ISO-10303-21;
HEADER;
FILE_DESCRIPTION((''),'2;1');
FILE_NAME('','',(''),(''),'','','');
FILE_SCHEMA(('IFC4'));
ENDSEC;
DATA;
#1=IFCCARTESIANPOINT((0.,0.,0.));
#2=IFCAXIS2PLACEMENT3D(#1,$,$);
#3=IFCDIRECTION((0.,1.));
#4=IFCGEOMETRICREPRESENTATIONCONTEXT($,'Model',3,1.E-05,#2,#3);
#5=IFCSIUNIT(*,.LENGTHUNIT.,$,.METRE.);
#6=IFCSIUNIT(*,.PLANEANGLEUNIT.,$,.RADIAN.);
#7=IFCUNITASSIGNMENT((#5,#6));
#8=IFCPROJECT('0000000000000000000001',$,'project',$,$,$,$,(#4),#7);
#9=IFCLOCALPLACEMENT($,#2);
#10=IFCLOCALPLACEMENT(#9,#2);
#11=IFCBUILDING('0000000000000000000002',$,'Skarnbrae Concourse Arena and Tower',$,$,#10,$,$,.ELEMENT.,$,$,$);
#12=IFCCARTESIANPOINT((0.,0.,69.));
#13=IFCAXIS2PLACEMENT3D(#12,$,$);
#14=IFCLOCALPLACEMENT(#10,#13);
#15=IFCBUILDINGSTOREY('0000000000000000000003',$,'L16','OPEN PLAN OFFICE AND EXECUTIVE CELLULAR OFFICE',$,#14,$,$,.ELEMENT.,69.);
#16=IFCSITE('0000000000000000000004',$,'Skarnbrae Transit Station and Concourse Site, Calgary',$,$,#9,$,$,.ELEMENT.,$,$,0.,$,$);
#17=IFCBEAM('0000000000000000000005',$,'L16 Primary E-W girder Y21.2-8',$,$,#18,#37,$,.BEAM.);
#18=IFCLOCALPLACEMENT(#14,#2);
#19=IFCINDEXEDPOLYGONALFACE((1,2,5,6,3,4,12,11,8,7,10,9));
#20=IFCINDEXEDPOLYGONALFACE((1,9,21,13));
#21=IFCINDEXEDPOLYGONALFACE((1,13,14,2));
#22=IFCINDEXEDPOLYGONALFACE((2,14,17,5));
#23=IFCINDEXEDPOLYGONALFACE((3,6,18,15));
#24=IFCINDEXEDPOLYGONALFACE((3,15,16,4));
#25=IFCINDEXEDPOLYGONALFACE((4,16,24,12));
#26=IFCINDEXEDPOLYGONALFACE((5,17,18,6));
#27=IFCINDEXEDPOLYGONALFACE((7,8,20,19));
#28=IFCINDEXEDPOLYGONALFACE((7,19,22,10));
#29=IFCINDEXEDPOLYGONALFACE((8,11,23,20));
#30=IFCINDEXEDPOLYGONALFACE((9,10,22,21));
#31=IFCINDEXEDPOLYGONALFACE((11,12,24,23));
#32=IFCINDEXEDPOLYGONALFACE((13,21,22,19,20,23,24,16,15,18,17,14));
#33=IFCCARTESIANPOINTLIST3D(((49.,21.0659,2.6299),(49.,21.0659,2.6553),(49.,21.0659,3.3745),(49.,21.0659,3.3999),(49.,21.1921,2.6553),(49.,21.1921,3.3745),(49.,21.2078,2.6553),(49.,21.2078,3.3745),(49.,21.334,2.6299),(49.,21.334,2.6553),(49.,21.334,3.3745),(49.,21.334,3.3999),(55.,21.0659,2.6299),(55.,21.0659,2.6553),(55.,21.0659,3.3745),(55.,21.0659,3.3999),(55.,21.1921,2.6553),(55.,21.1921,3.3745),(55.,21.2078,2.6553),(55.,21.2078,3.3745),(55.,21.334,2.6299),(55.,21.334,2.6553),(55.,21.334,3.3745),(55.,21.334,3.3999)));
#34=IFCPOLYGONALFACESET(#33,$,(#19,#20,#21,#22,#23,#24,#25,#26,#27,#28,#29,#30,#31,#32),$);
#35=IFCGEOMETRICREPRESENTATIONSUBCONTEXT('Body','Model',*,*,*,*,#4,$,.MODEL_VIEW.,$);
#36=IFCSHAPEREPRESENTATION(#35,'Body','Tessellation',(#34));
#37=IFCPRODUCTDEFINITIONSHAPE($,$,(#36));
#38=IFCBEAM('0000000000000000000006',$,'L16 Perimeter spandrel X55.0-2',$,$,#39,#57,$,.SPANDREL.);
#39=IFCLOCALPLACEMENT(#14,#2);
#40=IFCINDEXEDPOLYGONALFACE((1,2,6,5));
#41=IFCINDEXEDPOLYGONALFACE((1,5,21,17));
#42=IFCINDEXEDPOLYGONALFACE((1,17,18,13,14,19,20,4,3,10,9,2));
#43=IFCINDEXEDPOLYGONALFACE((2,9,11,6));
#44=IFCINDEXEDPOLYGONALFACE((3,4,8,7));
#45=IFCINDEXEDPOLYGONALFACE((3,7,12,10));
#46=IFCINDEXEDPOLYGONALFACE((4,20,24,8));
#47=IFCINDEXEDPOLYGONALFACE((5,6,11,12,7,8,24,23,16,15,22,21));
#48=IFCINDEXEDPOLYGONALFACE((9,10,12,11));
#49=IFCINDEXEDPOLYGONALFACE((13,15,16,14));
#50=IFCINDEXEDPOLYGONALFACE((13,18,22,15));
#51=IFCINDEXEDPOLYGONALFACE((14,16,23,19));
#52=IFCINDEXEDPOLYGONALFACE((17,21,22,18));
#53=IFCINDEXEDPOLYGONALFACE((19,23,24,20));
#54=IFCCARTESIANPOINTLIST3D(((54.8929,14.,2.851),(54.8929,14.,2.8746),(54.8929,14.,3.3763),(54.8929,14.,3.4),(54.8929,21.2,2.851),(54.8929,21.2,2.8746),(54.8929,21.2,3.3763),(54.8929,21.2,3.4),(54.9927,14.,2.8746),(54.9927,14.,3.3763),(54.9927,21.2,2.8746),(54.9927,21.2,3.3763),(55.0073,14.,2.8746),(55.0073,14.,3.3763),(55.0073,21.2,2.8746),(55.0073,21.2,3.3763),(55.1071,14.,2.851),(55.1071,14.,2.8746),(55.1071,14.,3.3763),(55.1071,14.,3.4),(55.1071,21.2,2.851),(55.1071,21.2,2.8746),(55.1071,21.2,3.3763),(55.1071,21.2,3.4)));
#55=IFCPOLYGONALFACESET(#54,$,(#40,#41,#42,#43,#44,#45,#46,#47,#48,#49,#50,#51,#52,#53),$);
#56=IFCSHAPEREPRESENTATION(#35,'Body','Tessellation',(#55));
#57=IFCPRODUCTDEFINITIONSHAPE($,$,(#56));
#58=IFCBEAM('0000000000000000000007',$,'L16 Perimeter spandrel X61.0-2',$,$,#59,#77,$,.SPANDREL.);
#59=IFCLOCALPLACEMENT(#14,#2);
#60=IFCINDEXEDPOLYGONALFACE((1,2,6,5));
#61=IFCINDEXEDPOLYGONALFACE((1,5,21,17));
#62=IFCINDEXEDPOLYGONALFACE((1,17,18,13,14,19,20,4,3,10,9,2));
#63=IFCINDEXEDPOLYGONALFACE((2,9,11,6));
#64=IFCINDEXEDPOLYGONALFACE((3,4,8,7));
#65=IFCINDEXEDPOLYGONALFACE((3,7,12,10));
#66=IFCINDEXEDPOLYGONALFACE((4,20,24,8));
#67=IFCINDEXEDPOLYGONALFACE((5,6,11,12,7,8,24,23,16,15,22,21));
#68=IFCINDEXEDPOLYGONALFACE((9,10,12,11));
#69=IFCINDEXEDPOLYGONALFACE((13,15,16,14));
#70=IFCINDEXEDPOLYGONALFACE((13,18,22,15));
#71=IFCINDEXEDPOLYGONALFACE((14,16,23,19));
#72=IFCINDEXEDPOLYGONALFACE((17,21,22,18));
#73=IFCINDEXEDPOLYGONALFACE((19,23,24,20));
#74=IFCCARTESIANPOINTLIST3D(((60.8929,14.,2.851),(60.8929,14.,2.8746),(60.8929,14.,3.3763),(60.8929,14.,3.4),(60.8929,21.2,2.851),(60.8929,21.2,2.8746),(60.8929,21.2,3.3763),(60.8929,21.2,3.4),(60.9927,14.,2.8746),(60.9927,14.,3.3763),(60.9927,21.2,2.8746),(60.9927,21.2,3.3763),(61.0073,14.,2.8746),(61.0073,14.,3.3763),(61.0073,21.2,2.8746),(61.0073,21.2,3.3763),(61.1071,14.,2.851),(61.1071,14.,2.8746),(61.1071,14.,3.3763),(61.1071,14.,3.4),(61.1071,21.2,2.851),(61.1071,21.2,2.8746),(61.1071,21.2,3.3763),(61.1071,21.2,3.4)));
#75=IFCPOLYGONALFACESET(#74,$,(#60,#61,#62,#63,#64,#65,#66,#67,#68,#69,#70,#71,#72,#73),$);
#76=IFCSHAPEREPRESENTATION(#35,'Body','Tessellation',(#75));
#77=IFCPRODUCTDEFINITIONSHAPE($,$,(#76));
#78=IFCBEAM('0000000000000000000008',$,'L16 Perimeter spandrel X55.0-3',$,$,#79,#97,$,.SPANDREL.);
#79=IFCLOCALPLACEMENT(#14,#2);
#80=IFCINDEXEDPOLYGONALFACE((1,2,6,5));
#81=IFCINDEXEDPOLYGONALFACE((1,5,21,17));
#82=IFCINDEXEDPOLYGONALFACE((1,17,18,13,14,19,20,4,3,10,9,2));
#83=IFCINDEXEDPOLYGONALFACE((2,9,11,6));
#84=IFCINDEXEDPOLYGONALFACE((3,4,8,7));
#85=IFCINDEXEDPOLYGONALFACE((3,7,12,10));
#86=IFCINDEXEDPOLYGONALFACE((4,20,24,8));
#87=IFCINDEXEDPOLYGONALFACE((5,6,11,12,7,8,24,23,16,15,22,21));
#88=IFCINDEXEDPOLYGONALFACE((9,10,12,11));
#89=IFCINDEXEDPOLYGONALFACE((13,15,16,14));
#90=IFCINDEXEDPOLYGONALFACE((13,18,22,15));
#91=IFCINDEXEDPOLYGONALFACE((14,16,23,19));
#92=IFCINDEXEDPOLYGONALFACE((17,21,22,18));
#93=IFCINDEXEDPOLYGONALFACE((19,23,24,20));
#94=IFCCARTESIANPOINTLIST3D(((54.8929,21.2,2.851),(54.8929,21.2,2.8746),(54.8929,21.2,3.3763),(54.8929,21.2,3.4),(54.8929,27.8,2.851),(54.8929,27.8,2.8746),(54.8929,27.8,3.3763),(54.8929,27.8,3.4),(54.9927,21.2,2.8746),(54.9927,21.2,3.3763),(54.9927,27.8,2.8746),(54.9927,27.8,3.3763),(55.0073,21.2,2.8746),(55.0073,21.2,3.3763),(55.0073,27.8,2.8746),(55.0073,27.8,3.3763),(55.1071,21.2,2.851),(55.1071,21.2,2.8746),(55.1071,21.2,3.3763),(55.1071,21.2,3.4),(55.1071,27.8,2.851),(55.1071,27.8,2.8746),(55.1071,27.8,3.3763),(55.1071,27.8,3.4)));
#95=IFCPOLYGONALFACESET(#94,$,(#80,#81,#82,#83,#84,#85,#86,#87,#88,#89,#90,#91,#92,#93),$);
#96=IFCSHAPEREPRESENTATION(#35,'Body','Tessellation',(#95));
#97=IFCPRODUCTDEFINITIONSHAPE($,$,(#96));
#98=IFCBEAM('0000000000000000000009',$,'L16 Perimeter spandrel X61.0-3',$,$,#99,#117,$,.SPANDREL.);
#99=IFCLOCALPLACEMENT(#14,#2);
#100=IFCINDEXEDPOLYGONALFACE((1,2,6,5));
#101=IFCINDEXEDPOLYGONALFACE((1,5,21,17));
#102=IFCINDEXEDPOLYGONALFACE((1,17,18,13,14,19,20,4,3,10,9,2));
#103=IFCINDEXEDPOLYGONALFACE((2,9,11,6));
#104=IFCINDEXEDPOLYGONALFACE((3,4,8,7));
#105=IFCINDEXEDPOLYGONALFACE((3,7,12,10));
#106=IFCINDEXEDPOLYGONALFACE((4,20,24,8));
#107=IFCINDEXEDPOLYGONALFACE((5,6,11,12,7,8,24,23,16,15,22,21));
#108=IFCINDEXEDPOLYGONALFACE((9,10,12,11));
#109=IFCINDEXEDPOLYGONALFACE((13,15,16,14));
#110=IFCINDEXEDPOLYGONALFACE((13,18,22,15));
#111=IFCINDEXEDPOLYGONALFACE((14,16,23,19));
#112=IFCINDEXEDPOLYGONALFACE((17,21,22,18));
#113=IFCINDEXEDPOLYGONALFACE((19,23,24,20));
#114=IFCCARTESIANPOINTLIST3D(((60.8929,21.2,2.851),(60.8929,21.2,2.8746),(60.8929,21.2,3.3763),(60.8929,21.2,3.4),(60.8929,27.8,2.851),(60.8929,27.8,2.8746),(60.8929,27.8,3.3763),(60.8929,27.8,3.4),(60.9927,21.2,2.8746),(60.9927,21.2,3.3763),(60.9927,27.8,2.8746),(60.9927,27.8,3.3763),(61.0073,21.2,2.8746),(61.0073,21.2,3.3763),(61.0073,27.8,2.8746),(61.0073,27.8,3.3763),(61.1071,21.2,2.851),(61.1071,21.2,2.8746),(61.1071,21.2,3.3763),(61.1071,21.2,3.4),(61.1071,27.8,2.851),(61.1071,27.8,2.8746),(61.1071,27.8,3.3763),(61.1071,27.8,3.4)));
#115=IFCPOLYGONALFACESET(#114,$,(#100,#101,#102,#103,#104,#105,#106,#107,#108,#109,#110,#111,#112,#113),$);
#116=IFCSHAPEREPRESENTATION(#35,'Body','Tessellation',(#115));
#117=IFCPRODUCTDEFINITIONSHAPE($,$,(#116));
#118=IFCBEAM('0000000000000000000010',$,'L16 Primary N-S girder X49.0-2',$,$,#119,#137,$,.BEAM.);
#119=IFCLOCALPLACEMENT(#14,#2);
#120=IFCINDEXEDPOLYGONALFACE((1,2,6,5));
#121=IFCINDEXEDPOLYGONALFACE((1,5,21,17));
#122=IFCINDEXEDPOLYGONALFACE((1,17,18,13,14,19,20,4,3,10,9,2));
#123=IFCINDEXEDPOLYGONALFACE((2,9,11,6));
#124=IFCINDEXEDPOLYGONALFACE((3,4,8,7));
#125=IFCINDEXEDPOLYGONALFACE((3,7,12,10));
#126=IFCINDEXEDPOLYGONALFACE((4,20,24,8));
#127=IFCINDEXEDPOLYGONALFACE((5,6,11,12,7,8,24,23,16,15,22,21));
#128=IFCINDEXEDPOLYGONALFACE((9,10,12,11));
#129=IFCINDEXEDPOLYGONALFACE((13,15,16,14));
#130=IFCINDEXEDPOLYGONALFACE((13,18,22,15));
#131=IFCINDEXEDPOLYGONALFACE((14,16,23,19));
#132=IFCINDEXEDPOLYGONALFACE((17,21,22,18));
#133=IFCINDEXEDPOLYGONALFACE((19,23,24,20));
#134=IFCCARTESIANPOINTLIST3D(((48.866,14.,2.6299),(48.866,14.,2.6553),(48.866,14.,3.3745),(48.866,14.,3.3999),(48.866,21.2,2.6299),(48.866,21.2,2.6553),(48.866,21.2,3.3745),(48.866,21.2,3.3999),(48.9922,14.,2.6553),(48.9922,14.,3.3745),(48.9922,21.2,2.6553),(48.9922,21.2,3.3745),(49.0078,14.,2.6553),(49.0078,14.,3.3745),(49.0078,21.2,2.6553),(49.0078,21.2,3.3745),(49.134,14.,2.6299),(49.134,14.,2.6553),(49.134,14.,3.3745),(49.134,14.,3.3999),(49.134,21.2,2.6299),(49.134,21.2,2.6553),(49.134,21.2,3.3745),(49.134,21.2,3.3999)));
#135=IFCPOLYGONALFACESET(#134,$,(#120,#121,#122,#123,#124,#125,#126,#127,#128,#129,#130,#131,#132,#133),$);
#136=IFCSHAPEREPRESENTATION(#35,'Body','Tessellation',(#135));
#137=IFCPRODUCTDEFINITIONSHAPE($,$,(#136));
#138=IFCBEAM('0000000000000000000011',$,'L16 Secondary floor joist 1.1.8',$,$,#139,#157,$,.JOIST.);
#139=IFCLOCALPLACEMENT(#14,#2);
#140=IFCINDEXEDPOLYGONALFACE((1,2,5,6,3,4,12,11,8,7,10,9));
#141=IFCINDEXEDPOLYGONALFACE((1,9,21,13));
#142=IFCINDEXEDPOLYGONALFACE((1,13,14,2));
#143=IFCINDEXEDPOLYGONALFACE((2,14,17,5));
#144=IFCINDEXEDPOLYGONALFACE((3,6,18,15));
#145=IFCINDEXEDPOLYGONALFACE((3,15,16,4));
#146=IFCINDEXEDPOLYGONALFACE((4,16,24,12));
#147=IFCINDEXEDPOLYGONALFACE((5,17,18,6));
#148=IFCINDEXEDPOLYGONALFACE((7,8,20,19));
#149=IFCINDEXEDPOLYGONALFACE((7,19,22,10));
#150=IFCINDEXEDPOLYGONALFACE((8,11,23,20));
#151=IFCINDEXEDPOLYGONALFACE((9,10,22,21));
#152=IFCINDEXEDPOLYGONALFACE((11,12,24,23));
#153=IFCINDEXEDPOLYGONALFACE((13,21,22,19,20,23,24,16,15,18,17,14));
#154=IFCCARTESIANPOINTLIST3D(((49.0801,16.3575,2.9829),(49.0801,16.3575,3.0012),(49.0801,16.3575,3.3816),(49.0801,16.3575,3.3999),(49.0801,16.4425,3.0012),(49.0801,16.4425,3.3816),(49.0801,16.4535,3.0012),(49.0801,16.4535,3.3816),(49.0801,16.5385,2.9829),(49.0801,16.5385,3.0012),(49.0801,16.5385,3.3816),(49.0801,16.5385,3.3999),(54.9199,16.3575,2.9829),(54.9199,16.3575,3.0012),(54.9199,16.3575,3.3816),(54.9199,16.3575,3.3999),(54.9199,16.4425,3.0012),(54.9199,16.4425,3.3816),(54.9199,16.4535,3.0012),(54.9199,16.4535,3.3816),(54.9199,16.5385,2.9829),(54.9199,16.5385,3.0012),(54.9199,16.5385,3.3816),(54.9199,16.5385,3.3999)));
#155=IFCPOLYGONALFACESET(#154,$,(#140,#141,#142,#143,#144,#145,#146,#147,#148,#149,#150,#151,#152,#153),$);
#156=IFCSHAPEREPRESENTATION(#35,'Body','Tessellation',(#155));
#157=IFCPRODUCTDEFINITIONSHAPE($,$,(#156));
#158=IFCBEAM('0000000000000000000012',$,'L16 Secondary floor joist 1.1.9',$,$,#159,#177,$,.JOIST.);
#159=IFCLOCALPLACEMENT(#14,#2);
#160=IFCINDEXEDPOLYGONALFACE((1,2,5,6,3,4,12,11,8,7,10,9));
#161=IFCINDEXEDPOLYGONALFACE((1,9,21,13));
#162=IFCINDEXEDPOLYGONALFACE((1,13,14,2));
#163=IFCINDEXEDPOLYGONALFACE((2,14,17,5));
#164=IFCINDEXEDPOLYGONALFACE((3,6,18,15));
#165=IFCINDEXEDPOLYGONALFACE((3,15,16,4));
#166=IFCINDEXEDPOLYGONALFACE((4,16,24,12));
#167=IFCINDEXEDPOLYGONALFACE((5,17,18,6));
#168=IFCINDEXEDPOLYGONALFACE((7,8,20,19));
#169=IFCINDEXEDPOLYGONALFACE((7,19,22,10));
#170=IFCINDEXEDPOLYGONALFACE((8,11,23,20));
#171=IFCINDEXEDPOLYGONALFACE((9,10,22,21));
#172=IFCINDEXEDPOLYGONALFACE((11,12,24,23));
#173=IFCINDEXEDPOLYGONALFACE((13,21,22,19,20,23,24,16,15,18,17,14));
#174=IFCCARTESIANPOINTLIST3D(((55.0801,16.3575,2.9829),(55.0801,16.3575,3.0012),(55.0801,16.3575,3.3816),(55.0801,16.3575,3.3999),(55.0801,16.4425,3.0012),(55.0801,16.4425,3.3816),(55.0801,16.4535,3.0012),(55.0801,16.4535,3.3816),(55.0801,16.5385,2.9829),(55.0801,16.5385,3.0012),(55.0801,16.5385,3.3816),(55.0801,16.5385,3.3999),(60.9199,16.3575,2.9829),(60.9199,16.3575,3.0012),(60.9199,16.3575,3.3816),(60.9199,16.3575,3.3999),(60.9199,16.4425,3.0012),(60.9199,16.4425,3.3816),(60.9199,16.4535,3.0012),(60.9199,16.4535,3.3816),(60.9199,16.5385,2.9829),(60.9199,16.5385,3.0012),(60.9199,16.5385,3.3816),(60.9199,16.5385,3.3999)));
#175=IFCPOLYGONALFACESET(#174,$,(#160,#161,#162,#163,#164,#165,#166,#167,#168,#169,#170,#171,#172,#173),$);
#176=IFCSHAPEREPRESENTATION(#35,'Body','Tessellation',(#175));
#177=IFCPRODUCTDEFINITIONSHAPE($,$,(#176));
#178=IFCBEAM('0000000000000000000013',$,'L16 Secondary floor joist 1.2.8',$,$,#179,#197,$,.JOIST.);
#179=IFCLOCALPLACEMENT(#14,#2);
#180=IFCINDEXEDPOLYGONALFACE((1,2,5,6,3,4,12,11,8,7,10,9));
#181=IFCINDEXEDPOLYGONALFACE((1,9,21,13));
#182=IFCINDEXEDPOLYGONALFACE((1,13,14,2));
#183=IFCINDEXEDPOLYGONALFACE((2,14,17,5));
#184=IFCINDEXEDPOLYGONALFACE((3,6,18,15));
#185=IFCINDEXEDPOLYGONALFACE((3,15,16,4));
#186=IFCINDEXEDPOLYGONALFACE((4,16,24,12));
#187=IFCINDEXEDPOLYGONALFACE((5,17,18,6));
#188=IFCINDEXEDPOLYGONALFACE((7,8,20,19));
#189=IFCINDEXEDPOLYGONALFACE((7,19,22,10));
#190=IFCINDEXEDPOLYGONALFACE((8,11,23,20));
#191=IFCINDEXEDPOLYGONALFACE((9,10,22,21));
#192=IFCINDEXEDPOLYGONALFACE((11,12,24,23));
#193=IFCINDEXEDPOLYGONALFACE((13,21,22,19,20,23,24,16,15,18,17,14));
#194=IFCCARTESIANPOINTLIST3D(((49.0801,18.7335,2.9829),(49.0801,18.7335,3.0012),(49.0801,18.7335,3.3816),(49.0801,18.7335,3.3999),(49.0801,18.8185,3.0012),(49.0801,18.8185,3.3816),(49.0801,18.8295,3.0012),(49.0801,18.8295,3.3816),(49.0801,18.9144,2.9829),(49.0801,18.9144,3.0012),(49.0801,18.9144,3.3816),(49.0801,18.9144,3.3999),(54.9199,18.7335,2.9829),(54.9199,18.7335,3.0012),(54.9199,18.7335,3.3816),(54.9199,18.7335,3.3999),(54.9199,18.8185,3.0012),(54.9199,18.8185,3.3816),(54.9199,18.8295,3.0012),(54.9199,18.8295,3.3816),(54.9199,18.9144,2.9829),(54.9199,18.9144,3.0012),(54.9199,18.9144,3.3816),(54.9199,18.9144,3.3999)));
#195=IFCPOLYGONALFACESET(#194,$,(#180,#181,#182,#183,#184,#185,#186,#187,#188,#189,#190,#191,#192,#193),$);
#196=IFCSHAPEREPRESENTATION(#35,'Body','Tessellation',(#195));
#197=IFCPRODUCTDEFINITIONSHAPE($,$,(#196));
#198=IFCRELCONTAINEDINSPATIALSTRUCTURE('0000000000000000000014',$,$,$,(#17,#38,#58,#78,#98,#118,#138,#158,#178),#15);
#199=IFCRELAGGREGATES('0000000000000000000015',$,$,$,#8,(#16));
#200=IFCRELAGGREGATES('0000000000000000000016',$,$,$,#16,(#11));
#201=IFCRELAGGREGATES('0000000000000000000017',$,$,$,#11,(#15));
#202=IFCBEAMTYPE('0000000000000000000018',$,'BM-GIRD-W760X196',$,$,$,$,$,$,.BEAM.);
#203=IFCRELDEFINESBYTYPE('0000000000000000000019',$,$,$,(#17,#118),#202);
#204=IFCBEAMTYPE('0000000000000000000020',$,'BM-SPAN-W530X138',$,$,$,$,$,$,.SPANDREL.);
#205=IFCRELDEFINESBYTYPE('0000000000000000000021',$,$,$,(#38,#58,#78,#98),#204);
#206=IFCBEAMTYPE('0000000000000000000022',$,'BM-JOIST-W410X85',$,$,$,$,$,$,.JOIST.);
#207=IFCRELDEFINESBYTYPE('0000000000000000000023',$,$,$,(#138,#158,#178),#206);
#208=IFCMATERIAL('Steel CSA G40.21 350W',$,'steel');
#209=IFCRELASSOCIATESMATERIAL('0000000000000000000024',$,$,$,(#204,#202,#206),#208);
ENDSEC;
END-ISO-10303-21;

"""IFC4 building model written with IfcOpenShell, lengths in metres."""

from ifc_helpers import new_model, si_unit, direction, frame, origin, origin_2d, place, context, subcontext, project, spatial, i_section, extrude, source, transform, mapped, material, material_profile, profile_set, type_object, element, save


model = new_model("IFC4")

# Units and contexts
model_context = context("Model", 3, precision=1e-05, world=origin(), true_north=direction((0.0, 1.0)))
body_context = subcontext(model_context, "Body", "Model", "MODEL_VIEW")
ifc_project = project(units=[si_unit("LENGTHUNIT", "METRE"), si_unit("PLANEANGLEUNIT", "RADIAN")], contexts=[model_context])

# Site, building, storey
site_placement = place(None, origin())
site = spatial("IfcSite", under=ifc_project, at=site_placement, Name="Skarnbrae Transit Station and Concourse Site, Calgary", CompositionType="ELEMENT", RefElevation=0.0)
building_placement = place(site_placement, origin())
building = spatial("IfcBuilding", under=site, at=building_placement, Name="Skarnbrae Concourse Arena and Tower", CompositionType="ELEMENT")
storey_placement = place(building_placement, frame((0.0, 0.0, 69.0)))
storey = spatial("IfcBuildingStorey", under=building, at=storey_placement, Name="L16", Description="OPEN PLAN OFFICE AND EXECUTIVE CELLULAR OFFICE", CompositionType="ELEMENT", Elevation=69.0)

# Shared definitions
ifc_material_1 = material(Name="Steel CSA G40.21 350W", Category="steel")

# Beams
ifc_material_profile_1 = material_profile(ifc_material_1, i_section(OverallWidth=0.2141, OverallDepth=0.5491, WebThickness=0.0146, FlangeThickness=0.0237, at=origin_2d()), Name="W530X138")
ifc_profile_set_1 = profile_set([ifc_material_profile_1], Name="Steel CSA G40.21 350W")
beam_type_1 = type_object("IfcBeamType", Name="BM-SPAN-W530X138", PredefinedType="SPANDREL", material=ifc_profile_set_1)
ifc_material_profile_2 = material_profile(ifc_material_1, i_section(OverallWidth=0.2681, OverallDepth=0.77, WebThickness=0.0156, FlangeThickness=0.0254, at=origin_2d()), Name="W760X196")
ifc_profile_set_2 = profile_set([ifc_material_profile_2], Name="Steel CSA G40.21 350W")
beam_type_2 = type_object("IfcBeamType", Name="BM-GIRD-W760X196", PredefinedType="BEAM", material=ifc_profile_set_2)
shared_shape_1 = source(origin(), body_context, "Body", "SweptSolid", [
    extrude(i_section(OverallWidth=0.2681, OverallDepth=0.77, WebThickness=0.0156, FlangeThickness=0.0254, at=origin_2d()), origin(), (0.0, 0.0, 1.0), 6.0),
])
beam_1_placement = place(storey_placement, frame((49.0, 21.2, 3.0149), z_axis=(1.0, 0.0, 0.0), x_axis=(0.0, 1.0, 0.0)))
element("IfcBeam", 1, at=beam_1_placement, inside=storey, type_object=beam_type_2, Name="L16 Primary E-W girder Y21.2-8", PredefinedType="BEAM", context=body_context, shape_type="MappedRepresentation", body=[
    mapped(shared_shape_1, transform((0.0, 0.0, 0.0))),
])
shared_shape_2 = source(origin(), body_context, "Body", "SweptSolid", [
    extrude(i_section(OverallWidth=0.2141, OverallDepth=0.5491, WebThickness=0.0146, FlangeThickness=0.0237, at=origin_2d()), origin(), (0.0, 0.0, 1.0), 7.2),
])
for number, where, z_axis, x_axis, name in (
    (2, (55.0, 14.0, 3.1255), (0.0, 1.0, 0.0), (-1.0, 0.0, 0.0), "L16 Perimeter spandrel X55.0-2"),
    (3, (61.0, 14.0, 3.1255), (0.0, 1.0, 0.0), (-1.0, 0.0, 0.0), "L16 Perimeter spandrel X61.0-2"),
):
    element("IfcBeam", number, at=place(storey_placement, frame(where, z_axis=z_axis, x_axis=x_axis)), inside=storey, type_object=beam_type_1, Name=name, PredefinedType="SPANDREL", context=body_context, shape_type="MappedRepresentation", body=[
        mapped(shared_shape_2, transform((0.0, 0.0, 0.0))),
    ])
shared_shape_3 = source(origin(), body_context, "Body", "SweptSolid", [
    extrude(i_section(OverallWidth=0.2141, OverallDepth=0.5491, WebThickness=0.0146, FlangeThickness=0.0237, at=origin_2d()), origin(), (0.0, 0.0, 1.0), 6.6001),
])
for number, where, z_axis, x_axis, name in (
    (4, (55.0, 21.2, 3.1255), (0.0, 1.0, 0.0), (-1.0, 0.0, 0.0), "L16 Perimeter spandrel X55.0-3"),
    (5, (61.0, 21.2, 3.1255), (0.0, 1.0, 0.0), (-1.0, 0.0, 0.0), "L16 Perimeter spandrel X61.0-3"),
):
    element("IfcBeam", number, at=place(storey_placement, frame(where, z_axis=z_axis, x_axis=x_axis)), inside=storey, type_object=beam_type_1, Name=name, PredefinedType="SPANDREL", context=body_context, shape_type="MappedRepresentation", body=[
        mapped(shared_shape_3, transform((0.0, 0.0, 0.0))),
    ])
shared_shape_4 = source(origin(), body_context, "Body", "SweptSolid", [
    extrude(i_section(OverallWidth=0.2681, OverallDepth=0.77, WebThickness=0.0156, FlangeThickness=0.0254, at=origin_2d()), origin(), (0.0, 0.0, 1.0), 7.2),
])
beam_2_placement = place(storey_placement, frame((49.0, 14.0, 3.0149), z_axis=(0.0, 1.0, 0.0), x_axis=(-1.0, 0.0, 0.0)))
element("IfcBeam", 6, at=beam_2_placement, inside=storey, type_object=beam_type_2, Name="L16 Primary N-S girder X49.0-2", PredefinedType="BEAM", context=body_context, shape_type="MappedRepresentation", body=[
    mapped(shared_shape_4, transform((0.0, 0.0, 0.0))),
])
ifc_material_profile_3 = material_profile(ifc_material_1, i_section(OverallWidth=0.1809, OverallDepth=0.417, WebThickness=0.011, FlangeThickness=0.0183, at=origin_2d()), Name="W410X85")
ifc_profile_set_3 = profile_set([ifc_material_profile_3], Name="Steel CSA G40.21 350W")
beam_type_3 = type_object("IfcBeamType", Name="BM-JOIST-W410X85", PredefinedType="JOIST", material=ifc_profile_set_3)
shared_shape_5 = source(origin(), body_context, "Body", "SweptSolid", [
    extrude(i_section(OverallWidth=0.1809, OverallDepth=0.417, WebThickness=0.011, FlangeThickness=0.0183, at=origin_2d()), origin(), (0.0, 0.0, 1.0), 5.8398),
])
for number, where, z_axis, x_axis, name in (
    (7, (49.0801, 16.448, 3.1914), (1.0, 0.0, 0.0), (0.0, 1.0, 0.0), "L16 Secondary floor joist 1.1.8"),
    (8, (55.0801, 16.448, 3.1914), (1.0, 0.0, 0.0), (0.0, 1.0, 0.0), "L16 Secondary floor joist 1.1.9"),
    (9, (49.0801, 18.824, 3.1914), (1.0, 0.0, 0.0), (0.0, 1.0, 0.0), "L16 Secondary floor joist 1.2.8"),
):
    element("IfcBeam", number, at=place(storey_placement, frame(where, z_axis=z_axis, x_axis=x_axis)), inside=storey, type_object=beam_type_3, Name=name, PredefinedType="JOIST", context=body_context, shape_type="MappedRepresentation", body=[
        mapped(shared_shape_5, transform((0.0, 0.0, 0.0))),
    ])

save(model, "model.ifc")
